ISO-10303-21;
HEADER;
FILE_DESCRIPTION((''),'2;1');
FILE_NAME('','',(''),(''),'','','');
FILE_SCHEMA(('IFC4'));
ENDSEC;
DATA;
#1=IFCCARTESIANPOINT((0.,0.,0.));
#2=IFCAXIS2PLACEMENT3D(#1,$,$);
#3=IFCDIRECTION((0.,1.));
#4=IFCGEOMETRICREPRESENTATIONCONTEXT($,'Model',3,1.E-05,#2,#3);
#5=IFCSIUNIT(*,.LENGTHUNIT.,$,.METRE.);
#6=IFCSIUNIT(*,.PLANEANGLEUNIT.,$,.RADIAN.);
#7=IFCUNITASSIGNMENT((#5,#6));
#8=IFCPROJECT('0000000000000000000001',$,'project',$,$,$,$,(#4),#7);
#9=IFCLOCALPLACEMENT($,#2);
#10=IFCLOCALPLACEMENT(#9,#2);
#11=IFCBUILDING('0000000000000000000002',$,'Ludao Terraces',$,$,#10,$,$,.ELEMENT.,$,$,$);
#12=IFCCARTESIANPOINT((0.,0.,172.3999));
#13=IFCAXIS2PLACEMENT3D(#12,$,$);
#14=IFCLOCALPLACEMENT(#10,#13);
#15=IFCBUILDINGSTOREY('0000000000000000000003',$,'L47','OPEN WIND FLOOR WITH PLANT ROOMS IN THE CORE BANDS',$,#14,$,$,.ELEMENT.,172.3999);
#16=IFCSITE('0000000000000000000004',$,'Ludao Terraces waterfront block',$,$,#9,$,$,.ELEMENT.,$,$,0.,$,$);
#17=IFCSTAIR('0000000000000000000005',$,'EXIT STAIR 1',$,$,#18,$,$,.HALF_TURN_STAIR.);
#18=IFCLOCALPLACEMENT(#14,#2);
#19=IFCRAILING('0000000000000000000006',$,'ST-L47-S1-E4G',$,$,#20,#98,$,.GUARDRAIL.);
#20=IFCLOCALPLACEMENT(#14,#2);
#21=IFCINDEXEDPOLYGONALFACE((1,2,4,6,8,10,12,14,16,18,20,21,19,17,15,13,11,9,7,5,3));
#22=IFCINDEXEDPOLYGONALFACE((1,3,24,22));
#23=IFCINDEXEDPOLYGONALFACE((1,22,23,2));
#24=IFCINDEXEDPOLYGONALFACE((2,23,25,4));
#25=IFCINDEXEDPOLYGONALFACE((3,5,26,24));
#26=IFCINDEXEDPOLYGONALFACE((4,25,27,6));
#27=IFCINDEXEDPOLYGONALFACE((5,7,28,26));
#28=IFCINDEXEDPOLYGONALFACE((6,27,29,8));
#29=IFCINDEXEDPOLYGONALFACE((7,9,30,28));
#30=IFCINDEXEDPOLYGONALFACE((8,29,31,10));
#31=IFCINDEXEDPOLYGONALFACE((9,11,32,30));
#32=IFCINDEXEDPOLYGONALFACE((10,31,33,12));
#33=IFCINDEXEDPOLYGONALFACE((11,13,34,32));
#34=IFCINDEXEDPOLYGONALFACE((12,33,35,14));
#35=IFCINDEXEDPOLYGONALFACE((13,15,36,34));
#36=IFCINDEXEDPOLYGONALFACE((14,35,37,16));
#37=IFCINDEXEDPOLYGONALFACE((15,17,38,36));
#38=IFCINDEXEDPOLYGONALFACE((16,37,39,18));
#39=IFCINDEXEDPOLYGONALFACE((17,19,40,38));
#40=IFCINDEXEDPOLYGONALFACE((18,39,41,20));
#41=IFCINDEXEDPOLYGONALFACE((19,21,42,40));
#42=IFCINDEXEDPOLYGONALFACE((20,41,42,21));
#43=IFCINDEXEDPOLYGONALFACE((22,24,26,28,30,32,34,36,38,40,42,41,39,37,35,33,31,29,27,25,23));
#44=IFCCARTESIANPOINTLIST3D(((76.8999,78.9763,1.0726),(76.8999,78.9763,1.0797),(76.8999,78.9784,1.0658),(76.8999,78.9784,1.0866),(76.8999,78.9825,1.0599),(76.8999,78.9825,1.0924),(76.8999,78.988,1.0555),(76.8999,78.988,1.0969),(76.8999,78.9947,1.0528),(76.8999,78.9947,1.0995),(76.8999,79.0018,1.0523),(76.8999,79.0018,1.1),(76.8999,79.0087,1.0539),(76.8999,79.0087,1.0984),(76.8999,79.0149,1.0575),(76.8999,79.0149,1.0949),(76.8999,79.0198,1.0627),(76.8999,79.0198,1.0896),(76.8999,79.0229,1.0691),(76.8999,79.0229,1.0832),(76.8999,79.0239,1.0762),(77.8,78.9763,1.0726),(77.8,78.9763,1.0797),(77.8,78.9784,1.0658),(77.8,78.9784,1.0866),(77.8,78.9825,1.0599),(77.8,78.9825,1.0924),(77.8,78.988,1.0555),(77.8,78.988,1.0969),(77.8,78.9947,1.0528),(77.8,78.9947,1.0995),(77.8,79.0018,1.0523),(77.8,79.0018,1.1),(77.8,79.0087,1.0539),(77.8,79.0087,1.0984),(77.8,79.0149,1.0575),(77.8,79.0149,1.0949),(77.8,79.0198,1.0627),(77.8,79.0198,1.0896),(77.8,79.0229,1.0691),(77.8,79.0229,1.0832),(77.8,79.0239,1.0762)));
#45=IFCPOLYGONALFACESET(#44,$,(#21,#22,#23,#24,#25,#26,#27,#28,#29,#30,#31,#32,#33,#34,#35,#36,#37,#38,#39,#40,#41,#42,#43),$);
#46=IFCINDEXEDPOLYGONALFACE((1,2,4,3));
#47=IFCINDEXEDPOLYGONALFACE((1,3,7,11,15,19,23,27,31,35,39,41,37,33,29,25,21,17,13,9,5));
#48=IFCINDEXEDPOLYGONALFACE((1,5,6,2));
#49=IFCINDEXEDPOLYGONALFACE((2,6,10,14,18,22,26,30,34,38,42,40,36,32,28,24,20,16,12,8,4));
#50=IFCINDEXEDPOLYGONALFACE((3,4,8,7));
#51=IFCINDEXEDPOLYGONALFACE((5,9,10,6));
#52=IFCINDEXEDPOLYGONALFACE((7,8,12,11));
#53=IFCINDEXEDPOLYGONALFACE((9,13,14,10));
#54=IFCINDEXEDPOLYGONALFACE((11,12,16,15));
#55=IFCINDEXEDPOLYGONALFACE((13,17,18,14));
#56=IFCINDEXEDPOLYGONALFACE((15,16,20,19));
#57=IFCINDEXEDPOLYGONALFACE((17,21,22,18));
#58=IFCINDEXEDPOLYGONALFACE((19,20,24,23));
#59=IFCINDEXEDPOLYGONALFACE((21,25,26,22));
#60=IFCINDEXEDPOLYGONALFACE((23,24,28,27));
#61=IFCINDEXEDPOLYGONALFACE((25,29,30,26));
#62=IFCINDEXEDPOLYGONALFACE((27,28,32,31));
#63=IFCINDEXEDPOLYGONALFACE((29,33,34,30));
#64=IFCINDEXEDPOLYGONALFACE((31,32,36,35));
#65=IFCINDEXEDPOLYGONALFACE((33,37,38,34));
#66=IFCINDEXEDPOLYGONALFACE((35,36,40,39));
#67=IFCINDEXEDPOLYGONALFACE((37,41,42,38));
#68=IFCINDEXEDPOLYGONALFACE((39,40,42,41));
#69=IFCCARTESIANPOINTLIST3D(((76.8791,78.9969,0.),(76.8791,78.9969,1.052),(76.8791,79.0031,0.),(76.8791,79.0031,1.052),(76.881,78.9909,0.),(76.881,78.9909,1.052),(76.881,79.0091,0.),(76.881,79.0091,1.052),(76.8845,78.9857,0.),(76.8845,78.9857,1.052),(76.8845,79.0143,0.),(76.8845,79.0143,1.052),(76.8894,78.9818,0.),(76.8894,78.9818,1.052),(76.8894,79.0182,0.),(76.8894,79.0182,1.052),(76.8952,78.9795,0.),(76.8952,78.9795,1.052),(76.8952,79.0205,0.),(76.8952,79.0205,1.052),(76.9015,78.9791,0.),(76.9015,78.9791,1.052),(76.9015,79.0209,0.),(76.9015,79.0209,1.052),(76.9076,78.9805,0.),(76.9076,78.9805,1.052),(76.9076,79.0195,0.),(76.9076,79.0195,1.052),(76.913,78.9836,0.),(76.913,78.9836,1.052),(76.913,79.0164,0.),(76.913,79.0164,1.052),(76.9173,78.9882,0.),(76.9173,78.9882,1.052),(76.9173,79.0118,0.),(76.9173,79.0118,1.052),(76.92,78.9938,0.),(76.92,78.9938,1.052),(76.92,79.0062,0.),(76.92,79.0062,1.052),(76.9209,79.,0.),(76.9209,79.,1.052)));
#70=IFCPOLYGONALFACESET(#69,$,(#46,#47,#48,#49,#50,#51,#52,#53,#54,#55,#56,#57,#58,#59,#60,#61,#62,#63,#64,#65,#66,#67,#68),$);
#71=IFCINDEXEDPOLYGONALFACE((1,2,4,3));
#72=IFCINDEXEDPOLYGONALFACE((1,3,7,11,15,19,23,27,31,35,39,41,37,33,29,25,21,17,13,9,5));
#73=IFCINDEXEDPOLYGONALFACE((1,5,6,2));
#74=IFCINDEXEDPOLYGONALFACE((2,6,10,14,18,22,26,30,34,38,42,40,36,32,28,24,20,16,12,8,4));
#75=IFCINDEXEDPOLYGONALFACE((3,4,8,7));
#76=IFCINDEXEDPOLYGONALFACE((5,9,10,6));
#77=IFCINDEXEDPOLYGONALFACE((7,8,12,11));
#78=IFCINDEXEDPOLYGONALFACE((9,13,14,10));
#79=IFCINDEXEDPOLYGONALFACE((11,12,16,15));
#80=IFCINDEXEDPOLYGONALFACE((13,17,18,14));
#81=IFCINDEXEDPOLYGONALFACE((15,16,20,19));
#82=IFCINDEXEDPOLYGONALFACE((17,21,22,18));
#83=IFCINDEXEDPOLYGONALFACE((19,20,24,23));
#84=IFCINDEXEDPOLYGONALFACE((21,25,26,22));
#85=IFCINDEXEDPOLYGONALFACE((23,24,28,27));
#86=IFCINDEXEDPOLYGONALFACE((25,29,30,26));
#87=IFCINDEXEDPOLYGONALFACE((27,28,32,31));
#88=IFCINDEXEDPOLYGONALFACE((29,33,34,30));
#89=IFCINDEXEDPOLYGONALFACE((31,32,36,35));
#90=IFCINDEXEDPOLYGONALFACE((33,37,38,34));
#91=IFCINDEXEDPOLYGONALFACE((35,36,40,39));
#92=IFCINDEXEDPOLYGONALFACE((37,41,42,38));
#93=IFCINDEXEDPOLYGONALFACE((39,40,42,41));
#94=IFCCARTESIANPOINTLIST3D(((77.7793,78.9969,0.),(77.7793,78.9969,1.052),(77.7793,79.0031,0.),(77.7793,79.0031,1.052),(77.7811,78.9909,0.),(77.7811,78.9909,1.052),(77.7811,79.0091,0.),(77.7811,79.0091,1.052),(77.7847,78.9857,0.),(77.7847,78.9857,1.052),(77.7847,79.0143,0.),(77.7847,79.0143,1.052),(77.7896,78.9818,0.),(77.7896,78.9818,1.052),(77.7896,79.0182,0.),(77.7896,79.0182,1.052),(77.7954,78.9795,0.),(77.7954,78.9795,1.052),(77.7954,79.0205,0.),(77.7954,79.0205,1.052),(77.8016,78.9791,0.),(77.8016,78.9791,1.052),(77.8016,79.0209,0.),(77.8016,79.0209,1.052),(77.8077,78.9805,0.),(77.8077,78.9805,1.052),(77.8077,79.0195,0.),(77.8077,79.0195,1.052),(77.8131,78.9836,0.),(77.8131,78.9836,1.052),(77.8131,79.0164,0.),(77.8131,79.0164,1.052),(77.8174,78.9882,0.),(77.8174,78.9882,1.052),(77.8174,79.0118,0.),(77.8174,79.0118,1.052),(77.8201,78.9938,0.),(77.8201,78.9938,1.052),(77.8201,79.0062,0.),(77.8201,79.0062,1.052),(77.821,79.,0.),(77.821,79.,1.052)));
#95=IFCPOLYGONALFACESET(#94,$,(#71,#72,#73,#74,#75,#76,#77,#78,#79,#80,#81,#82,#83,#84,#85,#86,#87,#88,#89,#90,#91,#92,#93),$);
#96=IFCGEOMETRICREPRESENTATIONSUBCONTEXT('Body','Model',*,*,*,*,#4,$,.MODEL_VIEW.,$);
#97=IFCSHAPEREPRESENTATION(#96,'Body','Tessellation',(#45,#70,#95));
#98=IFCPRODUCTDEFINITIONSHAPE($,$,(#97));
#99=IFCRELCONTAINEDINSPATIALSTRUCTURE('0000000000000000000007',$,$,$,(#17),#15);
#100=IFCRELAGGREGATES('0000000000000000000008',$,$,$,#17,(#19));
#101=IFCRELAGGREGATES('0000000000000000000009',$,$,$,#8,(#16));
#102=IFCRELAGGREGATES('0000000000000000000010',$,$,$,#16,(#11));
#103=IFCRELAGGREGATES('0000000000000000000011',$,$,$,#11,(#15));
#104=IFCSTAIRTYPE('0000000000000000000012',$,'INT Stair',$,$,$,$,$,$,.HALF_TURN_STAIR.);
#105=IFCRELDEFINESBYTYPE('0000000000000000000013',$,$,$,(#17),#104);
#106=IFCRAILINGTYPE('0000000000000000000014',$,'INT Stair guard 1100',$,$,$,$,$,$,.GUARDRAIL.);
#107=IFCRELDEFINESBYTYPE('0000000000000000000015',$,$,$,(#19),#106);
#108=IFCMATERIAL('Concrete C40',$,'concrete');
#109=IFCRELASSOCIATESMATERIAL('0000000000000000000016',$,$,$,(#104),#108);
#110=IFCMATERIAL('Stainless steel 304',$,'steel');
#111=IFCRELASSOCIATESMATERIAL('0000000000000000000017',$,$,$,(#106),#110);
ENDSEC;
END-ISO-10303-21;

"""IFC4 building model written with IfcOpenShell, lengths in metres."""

from ifc_helpers import new_model, si_unit, direction, frame, origin, origin_2d, place, context, subcontext, project, spatial, circle, extrude, material, type_object, element, aggregate, save


model = new_model("IFC4")

# Units and contexts
model_context = context("Model", 3, precision=1e-05, world=origin(), true_north=direction((0.0, 1.0)))
body_context = subcontext(model_context, "Body", "Model", "MODEL_VIEW")
ifc_project = project(units=[si_unit("LENGTHUNIT", "METRE"), si_unit("PLANEANGLEUNIT", "RADIAN")], contexts=[model_context])

# Site, building, storey
site_placement = place(None, origin())
site = spatial("IfcSite", under=ifc_project, at=site_placement, Name="Ludao Terraces waterfront block", CompositionType="ELEMENT", RefElevation=0.0)
building_placement = place(site_placement, origin())
building = spatial("IfcBuilding", under=site, at=building_placement, Name="Ludao Terraces", CompositionType="ELEMENT")
storey_placement = place(building_placement, frame((0.0, 0.0, 172.3999)))
storey = spatial("IfcBuildingStorey", under=building, at=storey_placement, Name="L47", Description="OPEN WIND FLOOR WITH PLANT ROOMS IN THE CORE BANDS", CompositionType="ELEMENT", Elevation=172.3999)

# Stair, railing
ifc_material_1 = material(Name="Concrete C40", Category="concrete")
stair_type = type_object("IfcStairType", Name="INT Stair", PredefinedType="HALF_TURN_STAIR", material=ifc_material_1)
stair_placement = place(storey_placement, origin())
stair = element("IfcStair", 1, at=stair_placement, inside=storey, type_object=stair_type, Name="EXIT STAIR 1", PredefinedType="HALF_TURN_STAIR")
ifc_material_2 = material(Name="Stainless steel 304", Category="steel")
railing_type_1 = type_object("IfcRailingType", Name="INT Stair guard 1100", PredefinedType="GUARDRAIL", material=ifc_material_2)
railing_1_placement = place(storey_placement, frame((76.8999, 79.0, 0.0)))
railing_1 = element("IfcRailing", 2, at=railing_1_placement, type_object=railing_type_1, Name="ST-L47-S1-E4G", PredefinedType="GUARDRAIL", context=body_context, shape_type="SweptSolid", body=[
    extrude(circle(Radius=0.0239, at=origin_2d()), frame((0.0, 0.0, 1.0762), z_axis=(1.0, 0.0, 0.0), x_axis=(0.0, 1.0, 0.0)), (0.0, 0.0, 1.0), 0.9001),
    extrude(circle(Radius=0.021, at=origin_2d()), origin(), (0.0, 0.0, 1.0), 1.052),
    extrude(circle(Radius=0.021, at=origin_2d()), frame((0.9001, 0.0, 0.0)), (0.0, 0.0, 1.0), 1.052),
])
aggregate(stair, [railing_1])

save(model, "model.ifc")
